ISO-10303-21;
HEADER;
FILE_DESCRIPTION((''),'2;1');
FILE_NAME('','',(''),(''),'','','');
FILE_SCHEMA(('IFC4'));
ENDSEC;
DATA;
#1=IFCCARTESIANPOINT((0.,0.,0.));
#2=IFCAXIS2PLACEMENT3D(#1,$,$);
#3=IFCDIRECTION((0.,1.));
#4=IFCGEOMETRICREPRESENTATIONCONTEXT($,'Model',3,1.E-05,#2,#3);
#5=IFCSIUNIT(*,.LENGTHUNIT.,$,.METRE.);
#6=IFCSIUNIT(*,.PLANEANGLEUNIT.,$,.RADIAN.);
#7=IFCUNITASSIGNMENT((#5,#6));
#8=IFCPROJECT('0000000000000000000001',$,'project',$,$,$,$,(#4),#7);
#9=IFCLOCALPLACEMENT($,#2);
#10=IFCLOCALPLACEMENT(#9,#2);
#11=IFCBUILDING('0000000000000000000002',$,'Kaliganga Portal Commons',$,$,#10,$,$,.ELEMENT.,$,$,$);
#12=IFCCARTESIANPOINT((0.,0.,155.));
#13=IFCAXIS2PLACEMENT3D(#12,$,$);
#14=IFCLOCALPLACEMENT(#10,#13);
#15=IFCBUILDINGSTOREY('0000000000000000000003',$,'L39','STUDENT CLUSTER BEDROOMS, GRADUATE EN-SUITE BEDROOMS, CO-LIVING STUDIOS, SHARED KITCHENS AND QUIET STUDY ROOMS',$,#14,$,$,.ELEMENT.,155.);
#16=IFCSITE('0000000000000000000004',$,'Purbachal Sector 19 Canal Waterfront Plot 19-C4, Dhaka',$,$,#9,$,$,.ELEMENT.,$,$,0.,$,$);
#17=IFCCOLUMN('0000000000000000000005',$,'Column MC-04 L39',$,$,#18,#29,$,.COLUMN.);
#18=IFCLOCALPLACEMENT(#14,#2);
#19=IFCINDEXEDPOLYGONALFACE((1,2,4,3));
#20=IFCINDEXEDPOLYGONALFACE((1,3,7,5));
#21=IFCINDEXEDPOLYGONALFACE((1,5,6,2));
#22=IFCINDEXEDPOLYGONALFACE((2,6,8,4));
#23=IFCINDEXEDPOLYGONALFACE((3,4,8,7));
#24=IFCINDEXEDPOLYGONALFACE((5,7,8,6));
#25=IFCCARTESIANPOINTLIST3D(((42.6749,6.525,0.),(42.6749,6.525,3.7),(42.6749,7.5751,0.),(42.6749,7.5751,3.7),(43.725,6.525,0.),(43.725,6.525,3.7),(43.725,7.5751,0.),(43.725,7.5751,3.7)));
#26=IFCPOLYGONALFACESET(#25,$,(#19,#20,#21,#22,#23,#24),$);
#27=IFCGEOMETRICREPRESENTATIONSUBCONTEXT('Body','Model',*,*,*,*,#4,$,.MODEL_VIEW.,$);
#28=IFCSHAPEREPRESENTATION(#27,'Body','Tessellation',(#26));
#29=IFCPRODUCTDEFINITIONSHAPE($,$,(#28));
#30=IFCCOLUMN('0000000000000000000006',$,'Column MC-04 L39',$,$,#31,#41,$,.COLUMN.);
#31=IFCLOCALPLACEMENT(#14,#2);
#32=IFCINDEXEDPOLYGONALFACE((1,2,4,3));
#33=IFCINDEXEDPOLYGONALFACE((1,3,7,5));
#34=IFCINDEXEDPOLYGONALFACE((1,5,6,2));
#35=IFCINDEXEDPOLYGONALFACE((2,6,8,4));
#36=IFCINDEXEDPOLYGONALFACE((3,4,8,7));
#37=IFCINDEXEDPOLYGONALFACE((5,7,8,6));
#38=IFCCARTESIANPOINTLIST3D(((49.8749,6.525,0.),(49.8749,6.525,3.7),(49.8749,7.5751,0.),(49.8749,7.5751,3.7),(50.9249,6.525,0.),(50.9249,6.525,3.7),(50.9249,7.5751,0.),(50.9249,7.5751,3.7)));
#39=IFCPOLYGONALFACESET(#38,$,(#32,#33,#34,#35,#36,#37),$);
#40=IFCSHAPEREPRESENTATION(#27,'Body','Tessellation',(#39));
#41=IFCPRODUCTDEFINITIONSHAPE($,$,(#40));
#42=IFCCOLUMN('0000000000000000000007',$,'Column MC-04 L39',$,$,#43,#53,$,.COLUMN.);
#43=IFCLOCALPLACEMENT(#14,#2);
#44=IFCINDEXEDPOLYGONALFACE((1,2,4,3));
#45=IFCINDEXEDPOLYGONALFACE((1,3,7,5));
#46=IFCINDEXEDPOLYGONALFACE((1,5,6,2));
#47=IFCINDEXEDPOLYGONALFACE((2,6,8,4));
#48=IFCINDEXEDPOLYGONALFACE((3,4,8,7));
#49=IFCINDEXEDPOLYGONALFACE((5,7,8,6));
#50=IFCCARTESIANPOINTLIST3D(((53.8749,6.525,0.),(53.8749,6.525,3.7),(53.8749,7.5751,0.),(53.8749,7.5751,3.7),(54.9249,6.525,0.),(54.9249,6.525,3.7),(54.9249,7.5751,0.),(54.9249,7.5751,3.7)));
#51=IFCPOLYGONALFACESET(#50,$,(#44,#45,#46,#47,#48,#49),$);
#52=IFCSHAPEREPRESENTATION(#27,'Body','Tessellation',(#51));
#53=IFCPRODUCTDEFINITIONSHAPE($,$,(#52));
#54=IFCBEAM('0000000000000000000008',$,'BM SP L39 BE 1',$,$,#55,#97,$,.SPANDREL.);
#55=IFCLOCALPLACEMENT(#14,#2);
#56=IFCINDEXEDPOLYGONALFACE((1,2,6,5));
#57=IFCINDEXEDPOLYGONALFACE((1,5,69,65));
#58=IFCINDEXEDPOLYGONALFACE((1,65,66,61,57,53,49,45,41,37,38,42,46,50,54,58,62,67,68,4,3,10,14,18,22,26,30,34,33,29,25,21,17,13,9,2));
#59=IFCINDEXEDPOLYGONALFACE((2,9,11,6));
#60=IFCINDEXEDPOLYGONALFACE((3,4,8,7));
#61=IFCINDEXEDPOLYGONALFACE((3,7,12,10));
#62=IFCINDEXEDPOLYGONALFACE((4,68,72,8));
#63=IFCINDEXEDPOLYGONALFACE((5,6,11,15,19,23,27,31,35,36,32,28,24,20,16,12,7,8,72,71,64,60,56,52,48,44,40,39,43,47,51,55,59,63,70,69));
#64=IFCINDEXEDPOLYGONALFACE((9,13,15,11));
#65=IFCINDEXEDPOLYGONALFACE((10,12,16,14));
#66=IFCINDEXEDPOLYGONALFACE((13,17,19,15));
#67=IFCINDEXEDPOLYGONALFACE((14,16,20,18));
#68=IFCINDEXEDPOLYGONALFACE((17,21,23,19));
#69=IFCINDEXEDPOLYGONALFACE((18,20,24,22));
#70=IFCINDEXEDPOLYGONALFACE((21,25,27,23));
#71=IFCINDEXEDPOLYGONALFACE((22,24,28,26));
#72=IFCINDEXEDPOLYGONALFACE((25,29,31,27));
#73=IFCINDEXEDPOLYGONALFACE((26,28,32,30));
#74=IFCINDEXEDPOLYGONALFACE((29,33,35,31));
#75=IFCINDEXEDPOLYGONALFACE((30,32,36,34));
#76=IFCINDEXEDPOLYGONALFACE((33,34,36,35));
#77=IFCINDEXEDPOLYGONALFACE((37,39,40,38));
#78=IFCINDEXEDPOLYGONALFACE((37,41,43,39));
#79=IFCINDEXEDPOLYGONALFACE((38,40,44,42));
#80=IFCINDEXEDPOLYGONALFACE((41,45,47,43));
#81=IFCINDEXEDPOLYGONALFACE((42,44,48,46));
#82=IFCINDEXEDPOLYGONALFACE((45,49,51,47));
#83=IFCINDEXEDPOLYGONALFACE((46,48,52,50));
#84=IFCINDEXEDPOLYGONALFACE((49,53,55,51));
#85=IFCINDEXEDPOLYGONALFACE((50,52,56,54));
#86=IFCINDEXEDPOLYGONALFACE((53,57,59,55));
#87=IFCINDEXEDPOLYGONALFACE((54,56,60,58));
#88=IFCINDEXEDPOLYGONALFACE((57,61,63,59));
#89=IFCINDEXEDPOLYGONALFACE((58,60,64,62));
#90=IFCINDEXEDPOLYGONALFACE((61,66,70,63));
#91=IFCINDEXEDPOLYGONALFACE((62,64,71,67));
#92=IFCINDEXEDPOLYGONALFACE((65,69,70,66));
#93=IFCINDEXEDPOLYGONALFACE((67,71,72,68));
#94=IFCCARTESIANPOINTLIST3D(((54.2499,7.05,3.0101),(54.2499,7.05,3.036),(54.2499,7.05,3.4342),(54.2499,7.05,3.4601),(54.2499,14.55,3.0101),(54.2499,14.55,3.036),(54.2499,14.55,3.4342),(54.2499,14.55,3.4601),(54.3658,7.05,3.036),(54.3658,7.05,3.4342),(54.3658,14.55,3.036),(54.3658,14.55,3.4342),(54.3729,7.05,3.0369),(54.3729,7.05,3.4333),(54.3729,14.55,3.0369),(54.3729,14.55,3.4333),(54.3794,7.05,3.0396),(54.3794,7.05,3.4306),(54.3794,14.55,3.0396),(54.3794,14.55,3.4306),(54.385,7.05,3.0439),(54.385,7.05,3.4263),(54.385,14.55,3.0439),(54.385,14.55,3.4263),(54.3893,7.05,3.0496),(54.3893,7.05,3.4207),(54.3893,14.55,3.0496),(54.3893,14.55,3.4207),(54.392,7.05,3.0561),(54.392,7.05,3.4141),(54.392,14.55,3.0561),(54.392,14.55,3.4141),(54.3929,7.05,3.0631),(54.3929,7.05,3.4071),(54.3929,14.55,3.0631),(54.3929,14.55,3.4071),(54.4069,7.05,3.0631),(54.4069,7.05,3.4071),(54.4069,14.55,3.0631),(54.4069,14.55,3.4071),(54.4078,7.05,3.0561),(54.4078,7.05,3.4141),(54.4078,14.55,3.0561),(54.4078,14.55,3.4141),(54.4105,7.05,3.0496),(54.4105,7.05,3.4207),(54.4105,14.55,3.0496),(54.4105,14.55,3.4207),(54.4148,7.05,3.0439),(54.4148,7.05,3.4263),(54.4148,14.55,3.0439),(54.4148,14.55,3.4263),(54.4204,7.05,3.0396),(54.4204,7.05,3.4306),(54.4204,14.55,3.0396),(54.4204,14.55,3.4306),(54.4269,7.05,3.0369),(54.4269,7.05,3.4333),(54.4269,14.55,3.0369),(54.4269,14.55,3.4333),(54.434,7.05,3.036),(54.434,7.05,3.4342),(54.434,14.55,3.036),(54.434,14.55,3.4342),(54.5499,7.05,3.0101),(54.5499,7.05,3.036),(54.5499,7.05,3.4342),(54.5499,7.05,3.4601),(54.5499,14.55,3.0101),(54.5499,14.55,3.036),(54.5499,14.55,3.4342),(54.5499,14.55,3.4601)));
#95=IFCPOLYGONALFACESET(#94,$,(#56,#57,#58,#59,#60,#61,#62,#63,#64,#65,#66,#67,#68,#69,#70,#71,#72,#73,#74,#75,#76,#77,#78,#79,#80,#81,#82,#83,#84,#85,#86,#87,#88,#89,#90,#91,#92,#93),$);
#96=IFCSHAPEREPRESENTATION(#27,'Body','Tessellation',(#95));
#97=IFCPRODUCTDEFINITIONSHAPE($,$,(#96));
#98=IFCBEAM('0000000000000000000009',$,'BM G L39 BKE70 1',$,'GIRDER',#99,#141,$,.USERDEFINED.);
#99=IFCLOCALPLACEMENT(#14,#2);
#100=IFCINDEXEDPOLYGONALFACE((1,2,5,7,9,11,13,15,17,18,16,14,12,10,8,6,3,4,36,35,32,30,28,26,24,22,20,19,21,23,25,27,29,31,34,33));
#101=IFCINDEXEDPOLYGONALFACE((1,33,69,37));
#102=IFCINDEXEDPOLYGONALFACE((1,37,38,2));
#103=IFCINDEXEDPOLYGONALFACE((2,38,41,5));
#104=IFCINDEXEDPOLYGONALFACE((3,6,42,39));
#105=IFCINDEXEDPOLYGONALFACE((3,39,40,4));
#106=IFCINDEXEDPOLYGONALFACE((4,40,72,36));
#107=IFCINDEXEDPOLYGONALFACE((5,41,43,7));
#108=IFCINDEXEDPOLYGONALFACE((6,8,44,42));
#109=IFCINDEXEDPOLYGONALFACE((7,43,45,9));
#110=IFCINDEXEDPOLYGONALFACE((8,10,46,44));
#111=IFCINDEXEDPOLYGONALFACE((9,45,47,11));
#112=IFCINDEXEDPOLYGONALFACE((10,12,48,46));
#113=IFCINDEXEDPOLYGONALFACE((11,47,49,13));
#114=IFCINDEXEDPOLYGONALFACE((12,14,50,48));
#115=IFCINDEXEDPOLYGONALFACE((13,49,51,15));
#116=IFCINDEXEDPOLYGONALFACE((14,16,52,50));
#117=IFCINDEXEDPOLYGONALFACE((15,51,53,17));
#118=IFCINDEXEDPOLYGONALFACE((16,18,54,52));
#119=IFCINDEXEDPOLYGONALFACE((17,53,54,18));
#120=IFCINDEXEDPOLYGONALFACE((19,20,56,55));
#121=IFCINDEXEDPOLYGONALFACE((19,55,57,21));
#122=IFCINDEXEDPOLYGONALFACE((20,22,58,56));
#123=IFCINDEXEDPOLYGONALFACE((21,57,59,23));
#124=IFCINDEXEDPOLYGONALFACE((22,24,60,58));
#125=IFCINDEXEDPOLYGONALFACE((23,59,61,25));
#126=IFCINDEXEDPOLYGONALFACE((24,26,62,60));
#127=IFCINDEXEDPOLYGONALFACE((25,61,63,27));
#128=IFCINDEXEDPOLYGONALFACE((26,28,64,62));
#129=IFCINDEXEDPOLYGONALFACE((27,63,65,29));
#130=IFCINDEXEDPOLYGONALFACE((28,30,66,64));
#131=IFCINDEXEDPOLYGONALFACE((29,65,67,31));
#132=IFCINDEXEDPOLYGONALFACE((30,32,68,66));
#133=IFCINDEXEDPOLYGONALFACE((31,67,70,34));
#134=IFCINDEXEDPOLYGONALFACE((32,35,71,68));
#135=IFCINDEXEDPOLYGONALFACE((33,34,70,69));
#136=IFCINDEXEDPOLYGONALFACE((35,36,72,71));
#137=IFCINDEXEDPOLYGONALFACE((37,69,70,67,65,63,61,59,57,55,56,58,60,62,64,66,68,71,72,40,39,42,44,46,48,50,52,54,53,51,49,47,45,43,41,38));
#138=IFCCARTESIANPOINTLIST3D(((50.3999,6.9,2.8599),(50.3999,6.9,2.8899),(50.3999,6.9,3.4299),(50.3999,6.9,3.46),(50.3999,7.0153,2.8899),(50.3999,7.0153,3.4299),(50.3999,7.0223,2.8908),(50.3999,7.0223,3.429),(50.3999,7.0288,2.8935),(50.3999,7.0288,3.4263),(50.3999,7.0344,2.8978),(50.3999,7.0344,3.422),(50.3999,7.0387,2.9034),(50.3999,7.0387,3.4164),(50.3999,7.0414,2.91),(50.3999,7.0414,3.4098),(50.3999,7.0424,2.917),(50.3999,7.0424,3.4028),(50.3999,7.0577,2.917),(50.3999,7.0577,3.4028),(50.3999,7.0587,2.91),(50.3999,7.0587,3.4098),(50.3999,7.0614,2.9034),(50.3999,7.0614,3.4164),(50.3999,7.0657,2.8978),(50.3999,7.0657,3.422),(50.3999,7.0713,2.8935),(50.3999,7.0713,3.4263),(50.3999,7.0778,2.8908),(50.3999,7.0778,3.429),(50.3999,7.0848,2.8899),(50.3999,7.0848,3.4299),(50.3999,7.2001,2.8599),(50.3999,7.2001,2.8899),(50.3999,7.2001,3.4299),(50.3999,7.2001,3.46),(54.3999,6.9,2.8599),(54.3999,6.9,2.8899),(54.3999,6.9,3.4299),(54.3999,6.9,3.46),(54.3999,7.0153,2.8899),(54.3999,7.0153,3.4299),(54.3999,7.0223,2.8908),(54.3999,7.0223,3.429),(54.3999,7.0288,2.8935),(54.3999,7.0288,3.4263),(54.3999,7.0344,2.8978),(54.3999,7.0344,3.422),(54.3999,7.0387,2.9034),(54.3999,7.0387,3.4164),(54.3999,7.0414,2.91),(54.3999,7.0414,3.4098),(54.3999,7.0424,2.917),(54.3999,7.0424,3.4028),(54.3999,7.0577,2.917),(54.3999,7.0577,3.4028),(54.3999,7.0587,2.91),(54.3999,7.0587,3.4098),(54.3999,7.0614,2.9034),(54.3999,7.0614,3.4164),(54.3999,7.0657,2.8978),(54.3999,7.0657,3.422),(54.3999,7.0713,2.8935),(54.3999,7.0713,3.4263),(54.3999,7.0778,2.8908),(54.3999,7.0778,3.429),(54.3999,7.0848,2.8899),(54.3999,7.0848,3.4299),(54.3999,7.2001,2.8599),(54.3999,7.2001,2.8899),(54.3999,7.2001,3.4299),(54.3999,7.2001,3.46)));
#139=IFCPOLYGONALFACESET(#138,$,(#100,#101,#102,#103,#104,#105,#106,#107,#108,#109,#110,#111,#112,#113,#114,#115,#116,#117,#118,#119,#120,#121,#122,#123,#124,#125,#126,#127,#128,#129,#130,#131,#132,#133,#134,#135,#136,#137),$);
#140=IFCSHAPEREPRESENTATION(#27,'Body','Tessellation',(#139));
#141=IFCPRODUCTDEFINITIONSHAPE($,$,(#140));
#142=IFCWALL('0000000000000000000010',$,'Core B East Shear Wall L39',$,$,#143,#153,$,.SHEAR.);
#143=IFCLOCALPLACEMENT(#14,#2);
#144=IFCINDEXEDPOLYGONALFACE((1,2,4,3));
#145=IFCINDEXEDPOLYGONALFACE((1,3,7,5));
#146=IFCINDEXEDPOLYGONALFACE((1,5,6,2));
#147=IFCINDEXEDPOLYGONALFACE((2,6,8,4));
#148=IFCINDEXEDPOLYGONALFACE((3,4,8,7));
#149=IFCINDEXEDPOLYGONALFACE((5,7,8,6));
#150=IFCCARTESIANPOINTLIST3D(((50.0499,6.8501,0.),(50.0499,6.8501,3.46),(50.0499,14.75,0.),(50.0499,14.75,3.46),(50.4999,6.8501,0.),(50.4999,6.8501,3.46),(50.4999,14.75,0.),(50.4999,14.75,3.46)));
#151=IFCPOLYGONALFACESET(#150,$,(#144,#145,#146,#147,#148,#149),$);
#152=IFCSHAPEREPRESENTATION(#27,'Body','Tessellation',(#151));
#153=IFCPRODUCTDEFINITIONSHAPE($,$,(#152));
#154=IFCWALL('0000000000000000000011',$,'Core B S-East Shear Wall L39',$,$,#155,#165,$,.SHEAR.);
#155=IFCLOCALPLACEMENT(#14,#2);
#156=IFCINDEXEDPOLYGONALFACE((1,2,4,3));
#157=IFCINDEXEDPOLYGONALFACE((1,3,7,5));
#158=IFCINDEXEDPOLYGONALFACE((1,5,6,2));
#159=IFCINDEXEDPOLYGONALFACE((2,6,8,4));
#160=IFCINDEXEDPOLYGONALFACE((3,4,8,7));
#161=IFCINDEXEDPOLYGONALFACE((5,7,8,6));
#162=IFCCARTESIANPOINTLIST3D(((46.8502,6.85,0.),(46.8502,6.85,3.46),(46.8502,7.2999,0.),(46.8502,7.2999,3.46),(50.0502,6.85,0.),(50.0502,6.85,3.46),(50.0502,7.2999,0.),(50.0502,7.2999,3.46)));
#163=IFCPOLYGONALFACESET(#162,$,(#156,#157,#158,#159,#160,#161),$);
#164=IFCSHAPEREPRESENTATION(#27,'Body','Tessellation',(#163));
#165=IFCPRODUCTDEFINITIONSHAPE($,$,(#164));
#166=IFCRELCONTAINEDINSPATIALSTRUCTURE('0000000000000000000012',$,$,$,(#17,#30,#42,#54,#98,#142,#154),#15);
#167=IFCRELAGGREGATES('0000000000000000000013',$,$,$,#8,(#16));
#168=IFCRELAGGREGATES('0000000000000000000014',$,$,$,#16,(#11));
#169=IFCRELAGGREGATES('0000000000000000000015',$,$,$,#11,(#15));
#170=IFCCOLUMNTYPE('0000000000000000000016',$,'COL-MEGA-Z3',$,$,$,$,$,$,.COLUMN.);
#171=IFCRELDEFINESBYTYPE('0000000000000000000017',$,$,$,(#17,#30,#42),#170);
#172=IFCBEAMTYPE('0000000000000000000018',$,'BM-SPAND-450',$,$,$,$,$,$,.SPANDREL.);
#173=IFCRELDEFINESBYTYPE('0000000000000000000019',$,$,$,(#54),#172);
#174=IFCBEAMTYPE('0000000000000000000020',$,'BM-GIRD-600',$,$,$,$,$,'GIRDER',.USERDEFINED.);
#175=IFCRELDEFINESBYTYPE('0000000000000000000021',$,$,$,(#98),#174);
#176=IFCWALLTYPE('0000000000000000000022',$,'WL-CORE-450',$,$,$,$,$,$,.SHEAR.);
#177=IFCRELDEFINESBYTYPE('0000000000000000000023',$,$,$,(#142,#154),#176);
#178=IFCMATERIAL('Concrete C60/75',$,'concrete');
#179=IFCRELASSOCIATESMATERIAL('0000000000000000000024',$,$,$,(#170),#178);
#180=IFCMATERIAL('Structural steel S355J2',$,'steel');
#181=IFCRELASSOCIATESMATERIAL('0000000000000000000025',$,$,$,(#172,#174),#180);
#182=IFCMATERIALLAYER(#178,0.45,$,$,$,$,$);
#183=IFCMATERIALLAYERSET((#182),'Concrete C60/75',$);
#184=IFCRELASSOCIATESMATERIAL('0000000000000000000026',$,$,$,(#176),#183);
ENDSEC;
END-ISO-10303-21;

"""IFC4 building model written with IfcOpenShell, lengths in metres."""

from ifc_helpers import new_model, si_unit, direction, frame, frame_2d, origin, origin_2d, place, context, subcontext, project, spatial, rectangle, i_section, extrude, source, transform, mapped, material, layer, layer_set, material_profile, profile_set, type_object, element, save


model = new_model("IFC4")

# Units and contexts
model_context = context("Model", 3, precision=1e-05, world=origin(), true_north=direction((0.0, 1.0)))
body_context = subcontext(model_context, "Body", "Model", "MODEL_VIEW")
ifc_project = project(units=[si_unit("LENGTHUNIT", "METRE"), si_unit("PLANEANGLEUNIT", "RADIAN")], contexts=[model_context])

# Site, building, storey
site_placement = place(None, origin())
site = spatial("IfcSite", under=ifc_project, at=site_placement, Name="Purbachal Sector 19 Canal Waterfront Plot 19-C4, Dhaka", CompositionType="ELEMENT", RefElevation=0.0)
building_placement = place(site_placement, origin())
building = spatial("IfcBuilding", under=site, at=building_placement, Name="Kaliganga Portal Commons", CompositionType="ELEMENT")
storey_placement = place(building_placement, frame((0.0, 0.0, 155.0)))
storey = spatial("IfcBuildingStorey", under=building, at=storey_placement, Name="L39", Description="STUDENT CLUSTER BEDROOMS, GRADUATE EN-SUITE BEDROOMS, CO-LIVING STUDIOS, SHARED KITCHENS AND QUIET STUDY ROOMS", CompositionType="ELEMENT", Elevation=155.0)

# Columns
ifc_material_1 = material(Name="Concrete C60/75", Category="concrete")
ifc_material_profile_1 = material_profile(ifc_material_1, rectangle(XDim=1.05, YDim=1.05, at=origin_2d()), Name="RC 1050x1050")
ifc_profile_set_1 = profile_set([ifc_material_profile_1], Name="Concrete C60/75")
column_type = type_object("IfcColumnType", Name="COL-MEGA-Z3", PredefinedType="COLUMN", material=ifc_profile_set_1)
shared_shape_1 = source(origin(), body_context, "Body", "SweptSolid", [
    extrude(rectangle(XDim=1.05, YDim=1.05, at=origin_2d()), origin(), (0.0, 0.0, 1.0), 3.7),
])
for number, where, z_axis, x_axis, name in (
    (1, (43.2, 7.05, 0.0), (0.0, 0.0, 1.0), (1.0, 0.0, 0.0), "Column MC-04 L39"),
    (2, (50.3999, 7.05, 0.0), (0.0, 0.0, 1.0), (1.0, 0.0, 0.0), "Column MC-04 L39"),
    (3, (54.3999, 7.05, 0.0), (0.0, 0.0, 1.0), (1.0, 0.0, 0.0), "Column MC-04 L39"),
):
    element("IfcColumn", number, at=place(storey_placement, frame(where, z_axis=z_axis, x_axis=x_axis)), inside=storey, type_object=column_type, Name=name, PredefinedType="COLUMN", context=body_context, shape_type="MappedRepresentation", body=[
        mapped(shared_shape_1, transform((0.0, 0.0, 0.0), x_axis=(1.0, 0.0, 0.0), y_axis=(0.0, 1.0, 0.0), z_axis=(0.0, 0.0, 1.0), scale=1.0)),
    ])

# Beams
ifc_material_2 = material(Name="Structural steel S355J2", Category="steel")
ifc_material_profile_2 = material_profile(ifc_material_2, i_section(OverallWidth=0.3, OverallDepth=0.45, WebThickness=0.0139, FlangeThickness=0.0259, FilletRadius=0.0271, at=origin_2d()), Name="HE 450 B")
ifc_profile_set_2 = profile_set([ifc_material_profile_2], Name="Structural steel S355J2 wide-flange")
beam_type_1 = type_object("IfcBeamType", Name="BM-SPAND-450", PredefinedType="SPANDREL", material=ifc_profile_set_2)
shared_shape_2 = source(origin(), body_context, "Body", "SweptSolid", [
    extrude(i_section(OverallWidth=0.3, OverallDepth=0.45, WebThickness=0.0139, FlangeThickness=0.0259, FilletRadius=0.0271, at=origin_2d()), origin(), (0.0, 0.0, 1.0), 7.5),
])
beam_1_placement = place(storey_placement, frame((54.3999, 7.05, 3.2351), z_axis=(0.0, 1.0, 0.0), x_axis=(-1.0, 0.0, 0.0)))
element("IfcBeam", 4, at=beam_1_placement, inside=storey, type_object=beam_type_1, Name="BM SP L39 BE 1", PredefinedType="SPANDREL", context=body_context, shape_type="MappedRepresentation", body=[
    mapped(shared_shape_2, transform((0.0, 0.0, 0.0), x_axis=(1.0, 0.0, 0.0), y_axis=(0.0, 1.0, 0.0), z_axis=(0.0, 0.0, 1.0), scale=1.0)),
])
ifc_material_profile_3 = material_profile(ifc_material_2, i_section(OverallWidth=0.3, OverallDepth=0.6001, WebThickness=0.0154, FlangeThickness=0.03, FilletRadius=0.0271, at=origin_2d()), Name="HE 600 B")
ifc_profile_set_3 = profile_set([ifc_material_profile_3], Name="Structural steel S355J2 wide-flange")
beam_type_2 = type_object("IfcBeamType", Name="BM-GIRD-600", ElementType="GIRDER", PredefinedType="USERDEFINED", material=ifc_profile_set_3)
shared_shape_3 = source(origin(), body_context, "Body", "SweptSolid", [
    extrude(i_section(OverallWidth=0.3, OverallDepth=0.6001, WebThickness=0.0154, FlangeThickness=0.03, FilletRadius=0.0271, at=origin_2d()), origin(), (0.0, 0.0, 1.0), 4.0),
])
beam_2_placement = place(storey_placement, frame((50.3999, 7.05, 3.1599), z_axis=(1.0, 0.0, 0.0), x_axis=(0.0, 1.0, 0.0)))
element("IfcBeam", 5, at=beam_2_placement, inside=storey, type_object=beam_type_2, Name="BM G L39 BKE70 1", ObjectType="GIRDER", PredefinedType="USERDEFINED", context=body_context, shape_type="MappedRepresentation", body=[
    mapped(shared_shape_3, transform((0.0, 0.0, 0.0), x_axis=(1.0, 0.0, 0.0), y_axis=(0.0, 1.0, 0.0), z_axis=(0.0, 0.0, 1.0), scale=1.0)),
])

# Walls
ifc_layer_1 = layer(ifc_material_1, 0.45)
ifc_layer_set_1 = layer_set([ifc_layer_1], Name="Concrete C60/75")
wall_type_1 = type_object("IfcWallType", Name="WL-CORE-450", PredefinedType="SHEAR", material=ifc_layer_set_1)
wall_1_placement = place(storey_placement, frame((50.2749, 6.8501, 0.0), z_axis=(0.0, 0.0, 1.0), x_axis=(0.0, 1.0, 0.0)))
element("IfcWall", 6, at=wall_1_placement, inside=storey, type_object=wall_type_1, Name="Core B East Shear Wall L39", PredefinedType="SHEAR", context=body_context, shape_type="SweptSolid", body=[
    extrude(rectangle(XDim=7.8999, YDim=0.45, at=frame_2d((3.95, 0.0))), origin(), (0.0, 0.0, 1.0), 3.46),
])
wall_2_placement = place(storey_placement, frame((46.8501, 7.075, 0.0), z_axis=(0.0, 0.0, 1.0), x_axis=(1.0, 0.0, 0.0)))
element("IfcWall", 7, at=wall_2_placement, inside=storey, type_object=wall_type_1, Name="Core B S-East Shear Wall L39", PredefinedType="SHEAR", context=body_context, shape_type="SweptSolid", body=[
    extrude(rectangle(XDim=3.2, YDim=0.45, at=frame_2d((1.6001, 0.0))), origin(), (0.0, 0.0, 1.0), 3.46),
])

save(model, "model.ifc")
